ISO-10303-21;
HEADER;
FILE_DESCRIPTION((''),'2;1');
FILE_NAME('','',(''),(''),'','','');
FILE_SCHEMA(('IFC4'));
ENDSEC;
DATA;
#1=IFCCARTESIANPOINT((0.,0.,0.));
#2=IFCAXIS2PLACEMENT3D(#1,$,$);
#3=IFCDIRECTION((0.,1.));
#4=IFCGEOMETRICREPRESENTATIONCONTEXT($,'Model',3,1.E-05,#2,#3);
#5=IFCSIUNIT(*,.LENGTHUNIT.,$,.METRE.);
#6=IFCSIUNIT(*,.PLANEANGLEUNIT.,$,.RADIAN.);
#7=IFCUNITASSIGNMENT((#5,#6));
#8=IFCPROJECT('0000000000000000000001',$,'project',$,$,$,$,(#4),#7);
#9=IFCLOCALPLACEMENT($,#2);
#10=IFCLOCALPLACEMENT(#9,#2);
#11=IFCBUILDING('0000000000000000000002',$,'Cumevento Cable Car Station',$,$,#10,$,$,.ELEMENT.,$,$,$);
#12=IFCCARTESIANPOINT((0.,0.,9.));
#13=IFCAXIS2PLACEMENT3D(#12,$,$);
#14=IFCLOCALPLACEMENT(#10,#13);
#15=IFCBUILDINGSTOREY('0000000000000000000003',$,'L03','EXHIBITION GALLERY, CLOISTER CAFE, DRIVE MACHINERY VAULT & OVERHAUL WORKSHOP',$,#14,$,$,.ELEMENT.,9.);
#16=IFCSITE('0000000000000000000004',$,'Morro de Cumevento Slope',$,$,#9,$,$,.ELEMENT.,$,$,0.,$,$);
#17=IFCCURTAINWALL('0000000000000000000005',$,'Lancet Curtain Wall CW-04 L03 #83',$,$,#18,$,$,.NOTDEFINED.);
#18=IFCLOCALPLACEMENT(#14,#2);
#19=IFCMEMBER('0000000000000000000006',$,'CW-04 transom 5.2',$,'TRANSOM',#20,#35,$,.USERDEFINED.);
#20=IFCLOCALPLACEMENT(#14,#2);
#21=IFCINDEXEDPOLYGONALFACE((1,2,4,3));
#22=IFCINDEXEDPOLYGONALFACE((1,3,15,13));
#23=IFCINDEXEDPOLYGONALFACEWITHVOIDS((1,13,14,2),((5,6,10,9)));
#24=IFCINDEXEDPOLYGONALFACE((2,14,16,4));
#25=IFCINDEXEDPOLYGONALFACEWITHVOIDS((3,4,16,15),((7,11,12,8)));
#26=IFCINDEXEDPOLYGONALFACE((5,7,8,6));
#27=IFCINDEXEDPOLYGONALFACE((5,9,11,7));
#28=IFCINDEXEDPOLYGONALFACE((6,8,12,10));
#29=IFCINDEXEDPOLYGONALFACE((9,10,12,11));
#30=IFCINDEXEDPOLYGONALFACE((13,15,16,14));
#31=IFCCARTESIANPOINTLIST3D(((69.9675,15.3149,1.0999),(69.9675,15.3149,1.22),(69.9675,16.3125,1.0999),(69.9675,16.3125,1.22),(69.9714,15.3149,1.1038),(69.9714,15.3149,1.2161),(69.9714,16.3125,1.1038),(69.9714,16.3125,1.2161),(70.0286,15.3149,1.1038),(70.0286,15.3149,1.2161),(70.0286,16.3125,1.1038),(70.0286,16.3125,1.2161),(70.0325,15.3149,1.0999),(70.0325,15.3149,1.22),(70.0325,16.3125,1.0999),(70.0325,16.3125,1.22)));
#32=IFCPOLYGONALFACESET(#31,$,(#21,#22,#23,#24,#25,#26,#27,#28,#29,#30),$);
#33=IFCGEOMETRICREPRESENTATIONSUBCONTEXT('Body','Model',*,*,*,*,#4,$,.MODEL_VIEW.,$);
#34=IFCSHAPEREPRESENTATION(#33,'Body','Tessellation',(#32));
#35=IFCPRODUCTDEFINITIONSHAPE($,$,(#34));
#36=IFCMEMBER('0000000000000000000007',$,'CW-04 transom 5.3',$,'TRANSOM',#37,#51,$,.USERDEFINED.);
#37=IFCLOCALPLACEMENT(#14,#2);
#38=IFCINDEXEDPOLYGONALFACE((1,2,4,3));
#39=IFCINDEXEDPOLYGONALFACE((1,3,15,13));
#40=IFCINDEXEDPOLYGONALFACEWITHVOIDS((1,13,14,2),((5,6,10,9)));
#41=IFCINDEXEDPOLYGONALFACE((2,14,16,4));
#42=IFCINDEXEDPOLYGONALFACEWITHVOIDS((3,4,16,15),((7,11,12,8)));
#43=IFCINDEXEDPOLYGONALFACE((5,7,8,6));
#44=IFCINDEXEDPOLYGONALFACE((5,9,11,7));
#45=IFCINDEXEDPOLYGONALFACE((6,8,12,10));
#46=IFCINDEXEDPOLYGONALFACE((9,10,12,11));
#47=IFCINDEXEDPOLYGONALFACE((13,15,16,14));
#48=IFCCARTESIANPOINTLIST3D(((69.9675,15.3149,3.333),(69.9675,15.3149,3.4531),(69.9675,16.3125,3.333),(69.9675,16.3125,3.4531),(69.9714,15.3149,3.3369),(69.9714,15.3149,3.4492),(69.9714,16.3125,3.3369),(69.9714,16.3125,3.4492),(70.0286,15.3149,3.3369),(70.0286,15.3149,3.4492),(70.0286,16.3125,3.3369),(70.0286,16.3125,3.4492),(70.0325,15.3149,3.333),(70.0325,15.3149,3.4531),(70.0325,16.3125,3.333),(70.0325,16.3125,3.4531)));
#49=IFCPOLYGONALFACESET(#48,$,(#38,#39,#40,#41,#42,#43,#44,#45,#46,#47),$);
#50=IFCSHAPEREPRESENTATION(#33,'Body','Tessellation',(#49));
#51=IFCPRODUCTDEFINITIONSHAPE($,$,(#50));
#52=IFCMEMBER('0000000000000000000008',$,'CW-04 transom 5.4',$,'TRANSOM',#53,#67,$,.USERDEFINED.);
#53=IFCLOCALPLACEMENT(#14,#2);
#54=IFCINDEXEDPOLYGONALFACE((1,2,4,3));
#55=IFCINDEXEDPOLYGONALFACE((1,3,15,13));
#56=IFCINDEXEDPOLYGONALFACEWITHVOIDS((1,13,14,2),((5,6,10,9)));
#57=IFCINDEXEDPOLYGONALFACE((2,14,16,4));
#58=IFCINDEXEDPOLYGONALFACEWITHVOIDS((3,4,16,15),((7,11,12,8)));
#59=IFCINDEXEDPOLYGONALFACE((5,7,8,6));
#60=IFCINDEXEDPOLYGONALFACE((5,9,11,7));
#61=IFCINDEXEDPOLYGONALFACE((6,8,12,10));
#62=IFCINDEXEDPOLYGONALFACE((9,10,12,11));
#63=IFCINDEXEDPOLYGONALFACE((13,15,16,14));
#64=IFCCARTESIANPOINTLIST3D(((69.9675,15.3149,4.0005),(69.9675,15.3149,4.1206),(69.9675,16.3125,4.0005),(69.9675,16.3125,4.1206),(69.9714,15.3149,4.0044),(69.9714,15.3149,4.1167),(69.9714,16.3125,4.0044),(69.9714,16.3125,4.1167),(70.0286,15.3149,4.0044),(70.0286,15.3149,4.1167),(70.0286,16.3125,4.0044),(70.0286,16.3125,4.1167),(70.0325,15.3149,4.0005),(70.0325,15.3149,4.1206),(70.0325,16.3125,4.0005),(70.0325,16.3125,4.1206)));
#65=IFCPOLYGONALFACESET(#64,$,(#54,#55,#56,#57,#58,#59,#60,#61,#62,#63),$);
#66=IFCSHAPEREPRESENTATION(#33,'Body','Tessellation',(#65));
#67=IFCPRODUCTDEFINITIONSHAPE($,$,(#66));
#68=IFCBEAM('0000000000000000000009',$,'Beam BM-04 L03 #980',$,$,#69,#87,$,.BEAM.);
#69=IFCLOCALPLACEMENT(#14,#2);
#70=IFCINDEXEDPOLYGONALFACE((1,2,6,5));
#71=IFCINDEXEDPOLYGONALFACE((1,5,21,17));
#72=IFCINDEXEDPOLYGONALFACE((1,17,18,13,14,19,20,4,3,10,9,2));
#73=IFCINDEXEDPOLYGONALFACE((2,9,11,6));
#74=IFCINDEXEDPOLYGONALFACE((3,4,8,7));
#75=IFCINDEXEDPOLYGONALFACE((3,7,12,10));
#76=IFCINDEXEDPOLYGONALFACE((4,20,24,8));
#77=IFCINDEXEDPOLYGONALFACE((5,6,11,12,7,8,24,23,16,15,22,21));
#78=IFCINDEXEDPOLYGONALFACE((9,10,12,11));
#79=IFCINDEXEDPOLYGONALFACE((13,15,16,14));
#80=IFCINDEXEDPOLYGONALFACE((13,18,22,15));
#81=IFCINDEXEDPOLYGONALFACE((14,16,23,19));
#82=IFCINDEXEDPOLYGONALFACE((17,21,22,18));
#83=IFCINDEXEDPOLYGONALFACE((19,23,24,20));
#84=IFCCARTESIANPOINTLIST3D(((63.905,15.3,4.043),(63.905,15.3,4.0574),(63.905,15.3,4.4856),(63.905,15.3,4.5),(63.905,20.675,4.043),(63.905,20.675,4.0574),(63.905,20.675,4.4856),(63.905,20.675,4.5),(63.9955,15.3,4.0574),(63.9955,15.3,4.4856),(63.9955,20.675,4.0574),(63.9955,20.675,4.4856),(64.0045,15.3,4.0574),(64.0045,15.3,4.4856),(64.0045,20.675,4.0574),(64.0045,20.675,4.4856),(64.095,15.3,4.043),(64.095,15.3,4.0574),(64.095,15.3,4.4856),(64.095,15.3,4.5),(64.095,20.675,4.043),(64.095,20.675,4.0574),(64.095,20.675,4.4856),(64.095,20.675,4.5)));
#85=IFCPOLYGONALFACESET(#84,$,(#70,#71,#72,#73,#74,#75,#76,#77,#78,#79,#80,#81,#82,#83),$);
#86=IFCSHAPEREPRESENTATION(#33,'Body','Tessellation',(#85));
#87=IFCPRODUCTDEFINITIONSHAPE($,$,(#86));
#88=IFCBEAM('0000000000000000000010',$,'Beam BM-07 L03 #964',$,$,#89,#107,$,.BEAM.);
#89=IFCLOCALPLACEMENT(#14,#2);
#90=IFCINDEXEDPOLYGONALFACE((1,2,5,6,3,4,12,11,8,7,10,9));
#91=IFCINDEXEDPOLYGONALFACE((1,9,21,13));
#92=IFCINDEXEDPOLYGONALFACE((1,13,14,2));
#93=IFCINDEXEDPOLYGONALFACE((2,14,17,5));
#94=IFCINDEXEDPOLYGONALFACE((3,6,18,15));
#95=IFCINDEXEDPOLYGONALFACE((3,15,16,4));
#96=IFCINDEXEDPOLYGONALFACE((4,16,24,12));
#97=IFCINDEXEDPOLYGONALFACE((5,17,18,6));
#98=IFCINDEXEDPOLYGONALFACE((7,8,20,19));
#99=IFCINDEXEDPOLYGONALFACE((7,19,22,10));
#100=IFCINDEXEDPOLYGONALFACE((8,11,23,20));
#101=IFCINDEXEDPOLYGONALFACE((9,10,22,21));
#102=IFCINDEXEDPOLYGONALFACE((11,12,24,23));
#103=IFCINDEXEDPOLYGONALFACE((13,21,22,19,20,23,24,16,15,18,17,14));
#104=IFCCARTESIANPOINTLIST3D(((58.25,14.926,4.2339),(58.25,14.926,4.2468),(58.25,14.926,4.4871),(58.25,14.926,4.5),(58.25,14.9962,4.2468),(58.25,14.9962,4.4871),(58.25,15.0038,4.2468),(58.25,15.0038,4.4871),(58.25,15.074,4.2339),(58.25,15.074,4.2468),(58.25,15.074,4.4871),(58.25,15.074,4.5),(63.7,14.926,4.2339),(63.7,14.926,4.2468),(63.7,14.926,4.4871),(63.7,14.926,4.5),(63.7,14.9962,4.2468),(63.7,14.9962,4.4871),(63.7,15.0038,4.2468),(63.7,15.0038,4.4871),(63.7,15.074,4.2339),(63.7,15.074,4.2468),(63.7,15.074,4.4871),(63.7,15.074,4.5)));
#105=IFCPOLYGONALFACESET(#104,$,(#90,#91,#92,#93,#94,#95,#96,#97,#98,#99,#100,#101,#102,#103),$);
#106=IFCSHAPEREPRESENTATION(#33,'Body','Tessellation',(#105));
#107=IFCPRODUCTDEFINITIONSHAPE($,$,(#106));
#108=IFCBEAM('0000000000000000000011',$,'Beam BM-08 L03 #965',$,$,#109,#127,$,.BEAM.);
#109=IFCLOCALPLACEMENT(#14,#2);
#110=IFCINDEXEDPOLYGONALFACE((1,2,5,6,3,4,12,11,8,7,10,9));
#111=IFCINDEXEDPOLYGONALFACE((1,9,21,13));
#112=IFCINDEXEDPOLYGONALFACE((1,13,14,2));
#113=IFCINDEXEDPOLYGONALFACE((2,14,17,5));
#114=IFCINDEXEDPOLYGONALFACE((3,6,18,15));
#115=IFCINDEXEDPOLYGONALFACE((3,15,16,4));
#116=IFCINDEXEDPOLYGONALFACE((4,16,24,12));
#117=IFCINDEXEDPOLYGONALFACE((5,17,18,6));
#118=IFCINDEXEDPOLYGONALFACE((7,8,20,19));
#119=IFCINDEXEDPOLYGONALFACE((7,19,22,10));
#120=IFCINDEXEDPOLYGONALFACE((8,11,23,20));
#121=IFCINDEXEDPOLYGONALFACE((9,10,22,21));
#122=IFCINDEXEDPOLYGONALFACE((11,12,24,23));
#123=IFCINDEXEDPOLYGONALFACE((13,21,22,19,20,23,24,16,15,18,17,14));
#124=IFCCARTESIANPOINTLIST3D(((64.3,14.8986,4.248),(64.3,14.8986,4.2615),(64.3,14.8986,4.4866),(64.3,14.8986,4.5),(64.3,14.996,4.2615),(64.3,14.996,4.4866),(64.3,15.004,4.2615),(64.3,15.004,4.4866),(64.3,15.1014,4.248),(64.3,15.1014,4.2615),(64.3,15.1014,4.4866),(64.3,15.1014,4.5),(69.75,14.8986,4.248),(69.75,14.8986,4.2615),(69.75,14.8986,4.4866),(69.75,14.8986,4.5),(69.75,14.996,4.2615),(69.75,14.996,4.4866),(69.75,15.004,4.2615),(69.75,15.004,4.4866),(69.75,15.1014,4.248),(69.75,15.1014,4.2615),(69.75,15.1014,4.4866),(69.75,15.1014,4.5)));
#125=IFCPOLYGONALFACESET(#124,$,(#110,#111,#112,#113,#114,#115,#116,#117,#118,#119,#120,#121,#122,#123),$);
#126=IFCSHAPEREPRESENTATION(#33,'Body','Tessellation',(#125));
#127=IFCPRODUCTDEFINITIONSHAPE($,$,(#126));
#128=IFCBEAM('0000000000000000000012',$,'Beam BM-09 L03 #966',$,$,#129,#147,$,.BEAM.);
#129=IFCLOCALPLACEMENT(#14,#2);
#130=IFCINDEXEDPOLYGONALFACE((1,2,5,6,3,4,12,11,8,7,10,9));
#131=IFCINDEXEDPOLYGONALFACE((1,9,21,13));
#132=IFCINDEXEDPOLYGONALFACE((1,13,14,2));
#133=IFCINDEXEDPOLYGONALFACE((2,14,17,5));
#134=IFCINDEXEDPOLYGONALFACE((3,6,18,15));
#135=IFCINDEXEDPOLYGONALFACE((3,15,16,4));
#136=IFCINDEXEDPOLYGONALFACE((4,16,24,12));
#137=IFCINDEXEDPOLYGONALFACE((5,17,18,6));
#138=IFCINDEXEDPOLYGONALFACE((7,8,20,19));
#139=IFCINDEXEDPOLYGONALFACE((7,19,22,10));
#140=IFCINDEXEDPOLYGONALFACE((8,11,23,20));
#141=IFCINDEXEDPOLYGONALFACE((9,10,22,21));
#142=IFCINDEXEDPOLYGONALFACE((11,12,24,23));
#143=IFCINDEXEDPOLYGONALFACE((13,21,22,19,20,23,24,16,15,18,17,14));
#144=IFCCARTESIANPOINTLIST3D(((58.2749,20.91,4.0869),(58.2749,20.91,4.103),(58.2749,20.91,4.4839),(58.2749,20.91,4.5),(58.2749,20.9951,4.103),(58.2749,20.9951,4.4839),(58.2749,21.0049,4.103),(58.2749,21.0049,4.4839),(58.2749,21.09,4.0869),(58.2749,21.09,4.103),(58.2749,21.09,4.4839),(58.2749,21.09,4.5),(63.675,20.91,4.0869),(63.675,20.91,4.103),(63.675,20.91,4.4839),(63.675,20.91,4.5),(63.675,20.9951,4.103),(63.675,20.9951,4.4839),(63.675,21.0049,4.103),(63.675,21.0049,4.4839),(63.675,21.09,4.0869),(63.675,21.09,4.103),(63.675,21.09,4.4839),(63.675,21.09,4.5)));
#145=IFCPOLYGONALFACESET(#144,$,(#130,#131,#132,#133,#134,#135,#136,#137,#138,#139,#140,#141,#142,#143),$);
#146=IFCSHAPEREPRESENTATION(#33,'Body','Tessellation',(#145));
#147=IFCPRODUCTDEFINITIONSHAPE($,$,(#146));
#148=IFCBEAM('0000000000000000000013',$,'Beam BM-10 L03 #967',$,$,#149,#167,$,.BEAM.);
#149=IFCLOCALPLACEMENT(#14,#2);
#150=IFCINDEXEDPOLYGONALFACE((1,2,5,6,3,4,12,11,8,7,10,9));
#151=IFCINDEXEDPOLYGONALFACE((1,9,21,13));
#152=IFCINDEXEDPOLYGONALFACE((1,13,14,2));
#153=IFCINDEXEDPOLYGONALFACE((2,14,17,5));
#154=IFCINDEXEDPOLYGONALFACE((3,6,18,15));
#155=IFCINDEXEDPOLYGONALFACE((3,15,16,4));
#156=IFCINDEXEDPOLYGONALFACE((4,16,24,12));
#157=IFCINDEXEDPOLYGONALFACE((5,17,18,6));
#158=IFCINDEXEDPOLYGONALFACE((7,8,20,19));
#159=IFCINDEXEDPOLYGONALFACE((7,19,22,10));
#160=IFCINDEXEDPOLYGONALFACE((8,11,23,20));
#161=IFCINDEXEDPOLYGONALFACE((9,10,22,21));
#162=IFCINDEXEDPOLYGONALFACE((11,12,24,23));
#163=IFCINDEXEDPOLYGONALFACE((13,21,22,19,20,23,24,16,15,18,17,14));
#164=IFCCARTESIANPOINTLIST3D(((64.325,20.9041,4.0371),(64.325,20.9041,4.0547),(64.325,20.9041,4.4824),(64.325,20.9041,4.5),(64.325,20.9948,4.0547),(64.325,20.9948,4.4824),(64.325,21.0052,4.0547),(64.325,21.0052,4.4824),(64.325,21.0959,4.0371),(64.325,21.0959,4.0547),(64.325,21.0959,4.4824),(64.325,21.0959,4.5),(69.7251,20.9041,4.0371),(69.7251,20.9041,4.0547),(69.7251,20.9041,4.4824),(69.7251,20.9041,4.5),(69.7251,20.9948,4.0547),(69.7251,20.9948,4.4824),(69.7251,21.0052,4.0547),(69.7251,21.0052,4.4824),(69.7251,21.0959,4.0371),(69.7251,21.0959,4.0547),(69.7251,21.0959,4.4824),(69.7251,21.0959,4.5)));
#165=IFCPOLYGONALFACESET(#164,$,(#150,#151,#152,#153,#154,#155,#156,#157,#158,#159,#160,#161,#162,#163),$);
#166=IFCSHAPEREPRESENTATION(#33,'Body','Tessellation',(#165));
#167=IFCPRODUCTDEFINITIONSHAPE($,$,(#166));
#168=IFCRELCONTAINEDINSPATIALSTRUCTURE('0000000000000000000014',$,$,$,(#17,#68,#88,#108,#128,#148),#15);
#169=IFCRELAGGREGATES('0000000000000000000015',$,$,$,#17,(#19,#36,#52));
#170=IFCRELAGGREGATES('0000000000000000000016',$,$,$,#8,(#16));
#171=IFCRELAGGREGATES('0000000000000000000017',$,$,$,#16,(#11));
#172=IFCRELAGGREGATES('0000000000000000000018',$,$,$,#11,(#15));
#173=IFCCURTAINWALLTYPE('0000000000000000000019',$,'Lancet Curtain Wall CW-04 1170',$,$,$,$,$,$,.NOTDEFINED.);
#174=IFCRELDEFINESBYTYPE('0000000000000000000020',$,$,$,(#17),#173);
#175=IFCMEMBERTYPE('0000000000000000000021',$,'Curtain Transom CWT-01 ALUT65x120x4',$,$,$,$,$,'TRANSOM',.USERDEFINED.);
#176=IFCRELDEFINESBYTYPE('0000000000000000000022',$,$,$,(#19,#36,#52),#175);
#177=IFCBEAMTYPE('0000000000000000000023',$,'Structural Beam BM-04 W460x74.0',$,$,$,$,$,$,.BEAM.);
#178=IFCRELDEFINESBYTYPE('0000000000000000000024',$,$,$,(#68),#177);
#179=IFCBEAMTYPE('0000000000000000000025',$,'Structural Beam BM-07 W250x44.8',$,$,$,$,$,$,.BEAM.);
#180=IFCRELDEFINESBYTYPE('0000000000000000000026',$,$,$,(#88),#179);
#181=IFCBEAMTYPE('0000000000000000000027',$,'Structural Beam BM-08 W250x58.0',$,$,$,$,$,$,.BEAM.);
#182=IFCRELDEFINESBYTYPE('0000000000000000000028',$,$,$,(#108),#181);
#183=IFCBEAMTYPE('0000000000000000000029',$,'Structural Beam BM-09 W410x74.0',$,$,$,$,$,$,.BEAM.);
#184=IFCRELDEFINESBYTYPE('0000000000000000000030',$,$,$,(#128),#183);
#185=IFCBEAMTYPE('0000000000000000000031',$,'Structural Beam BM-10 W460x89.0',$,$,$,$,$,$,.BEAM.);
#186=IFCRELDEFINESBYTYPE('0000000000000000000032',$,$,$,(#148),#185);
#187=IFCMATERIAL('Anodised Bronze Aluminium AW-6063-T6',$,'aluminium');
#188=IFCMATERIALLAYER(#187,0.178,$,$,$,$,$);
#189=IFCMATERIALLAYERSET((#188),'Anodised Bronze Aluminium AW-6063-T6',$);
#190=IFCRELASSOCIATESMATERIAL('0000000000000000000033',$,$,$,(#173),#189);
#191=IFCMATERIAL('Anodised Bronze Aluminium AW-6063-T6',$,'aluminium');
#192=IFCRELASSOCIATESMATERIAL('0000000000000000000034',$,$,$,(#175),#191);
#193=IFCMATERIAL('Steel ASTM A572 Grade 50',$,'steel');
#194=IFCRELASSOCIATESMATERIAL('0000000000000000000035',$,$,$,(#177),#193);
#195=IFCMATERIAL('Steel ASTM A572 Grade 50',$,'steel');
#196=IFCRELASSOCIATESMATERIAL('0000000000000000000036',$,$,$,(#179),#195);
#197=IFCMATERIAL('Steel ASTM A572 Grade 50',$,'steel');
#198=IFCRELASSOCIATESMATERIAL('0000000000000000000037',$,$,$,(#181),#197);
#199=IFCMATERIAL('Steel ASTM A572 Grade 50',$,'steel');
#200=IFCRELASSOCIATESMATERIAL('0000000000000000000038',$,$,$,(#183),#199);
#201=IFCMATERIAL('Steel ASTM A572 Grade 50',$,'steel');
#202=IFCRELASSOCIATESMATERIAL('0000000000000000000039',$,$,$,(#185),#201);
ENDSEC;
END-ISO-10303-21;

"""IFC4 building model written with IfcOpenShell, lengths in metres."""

from ifc_helpers import new_model, si_unit, direction, frame, origin, origin_2d, place, context, subcontext, project, spatial, hollow_rectangle, i_section, extrude, material, layer, layer_set, material_profile, profile_set, type_object, element, aggregate, save


model = new_model("IFC4")

# Units and contexts
model_context = context("Model", 3, precision=1e-05, world=origin(), true_north=direction((0.0, 1.0)))
body_context = subcontext(model_context, "Body", "Model", "MODEL_VIEW")
ifc_project = project(units=[si_unit("LENGTHUNIT", "METRE"), si_unit("PLANEANGLEUNIT", "RADIAN")], contexts=[model_context])

# Site, building, storey
site_placement = place(None, origin())
site = spatial("IfcSite", under=ifc_project, at=site_placement, Name="Morro de Cumevento Slope", CompositionType="ELEMENT", RefElevation=0.0)
building_placement = place(site_placement, origin())
building = spatial("IfcBuilding", under=site, at=building_placement, Name="Cumevento Cable Car Station", CompositionType="ELEMENT")
storey_placement = place(building_placement, frame((0.0, 0.0, 9.0)))
storey = spatial("IfcBuildingStorey", under=building, at=storey_placement, Name="L03", Description="EXHIBITION GALLERY, CLOISTER CAFE, DRIVE MACHINERY VAULT & OVERHAUL WORKSHOP", CompositionType="ELEMENT", Elevation=9.0)

# Curtain wall
ifc_material_1 = material(Name="Anodised Bronze Aluminium AW-6063-T6", Category="aluminium")
ifc_layer_1 = layer(ifc_material_1, 0.178)
ifc_layer_set_1 = layer_set([ifc_layer_1], Name="Anodised Bronze Aluminium AW-6063-T6")
curtain_wall_type_1 = type_object("IfcCurtainWallType", Name="Lancet Curtain Wall CW-04 1170", PredefinedType="NOTDEFINED", material=ifc_layer_set_1)
curtain_wall_1_placement = place(storey_placement, origin())
curtain_wall_1 = element("IfcCurtainWall", 1, at=curtain_wall_1_placement, inside=storey, type_object=curtain_wall_type_1, Name="Lancet Curtain Wall CW-04 L03 #83", PredefinedType="NOTDEFINED")

# Members
ifc_material_2 = material(Name="Anodised Bronze Aluminium AW-6063-T6", Category="aluminium")
ifc_material_profile_1 = material_profile(ifc_material_2, hollow_rectangle(XDim=0.0649, YDim=0.1201, WallThickness=0.0039, at=origin_2d()), Name="ALUT65x120x4")
ifc_profile_set_1 = profile_set([ifc_material_profile_1], Name="Anodised Bronze Aluminium AW-6063-T6")
member_type_1 = type_object("IfcMemberType", Name="Curtain Transom CWT-01 ALUT65x120x4", ElementType="TRANSOM", PredefinedType="USERDEFINED", material=ifc_profile_set_1)
member_1_placement = place(storey_placement, frame((70.0, 16.3125, 1.1599), z_axis=(0.0, -1.0, 0.0), x_axis=(1.0, 0.0, 0.0)))
member_1 = element("IfcMember", 2, at=member_1_placement, type_object=member_type_1, Name="CW-04 transom 5.2", ObjectType="TRANSOM", PredefinedType="USERDEFINED", context=body_context, shape_type="SweptSolid", body=[
    extrude(hollow_rectangle(XDim=0.0649, YDim=0.1201, WallThickness=0.0039, at=origin_2d()), origin(), (0.0, 0.0, 1.0), 0.9976),
])
member_2_placement = place(storey_placement, frame((70.0, 16.3125, 3.3931), z_axis=(0.0, -1.0, 0.0), x_axis=(1.0, 0.0, 0.0)))
member_2 = element("IfcMember", 3, at=member_2_placement, type_object=member_type_1, Name="CW-04 transom 5.3", ObjectType="TRANSOM", PredefinedType="USERDEFINED", context=body_context, shape_type="SweptSolid", body=[
    extrude(hollow_rectangle(XDim=0.0649, YDim=0.1201, WallThickness=0.0039, at=origin_2d()), origin(), (0.0, 0.0, 1.0), 0.9976),
])
member_3_placement = place(storey_placement, frame((70.0, 16.3125, 4.0605), z_axis=(0.0, -1.0, 0.0), x_axis=(1.0, 0.0, 0.0)))
member_3 = element("IfcMember", 4, at=member_3_placement, type_object=member_type_1, Name="CW-04 transom 5.4", ObjectType="TRANSOM", PredefinedType="USERDEFINED", context=body_context, shape_type="SweptSolid", body=[
    extrude(hollow_rectangle(XDim=0.0649, YDim=0.1201, WallThickness=0.0039, at=origin_2d()), origin(), (0.0, 0.0, 1.0), 0.9976),
])

# Beams
ifc_material_3 = material(Name="Steel ASTM A572 Grade 50", Category="steel")
ifc_material_profile_2 = material_profile(ifc_material_3, i_section(OverallWidth=0.1899, OverallDepth=0.457, WebThickness=0.009, FlangeThickness=0.0144, at=origin_2d()), Name="W460x74.0")
ifc_profile_set_2 = profile_set([ifc_material_profile_2], Name="Steel ASTM A572 Grade 50")
beam_type_1 = type_object("IfcBeamType", Name="Structural Beam BM-04 W460x74.0", PredefinedType="BEAM", material=ifc_profile_set_2)
beam_1_placement = place(storey_placement, frame((64.0, 15.3, 4.2715), z_axis=(0.0, 1.0, 0.0), x_axis=(-1.0, 0.0, 0.0)))
element("IfcBeam", 5, at=beam_1_placement, inside=storey, type_object=beam_type_1, Name="Beam BM-04 L03 #980", PredefinedType="BEAM", context=body_context, shape_type="SweptSolid", body=[
    extrude(i_section(OverallWidth=0.1899, OverallDepth=0.457, WebThickness=0.009, FlangeThickness=0.0144, at=origin_2d()), origin(), (0.0, 0.0, 1.0), 5.375),
])
ifc_material_4 = material(Name="Steel ASTM A572 Grade 50", Category="steel")
ifc_material_profile_3 = material_profile(ifc_material_4, i_section(OverallWidth=0.1479, OverallDepth=0.2661, WebThickness=0.0076, FlangeThickness=0.0129, at=origin_2d()), Name="W250x44.8")
ifc_profile_set_3 = profile_set([ifc_material_profile_3], Name="Steel ASTM A572 Grade 50")
beam_type_2 = type_object("IfcBeamType", Name="Structural Beam BM-07 W250x44.8", PredefinedType="BEAM", material=ifc_profile_set_3)
beam_2_placement = place(storey_placement, frame((58.25, 15.0, 4.3669), z_axis=(1.0, 0.0, 0.0), x_axis=(0.0, 1.0, 0.0)))
element("IfcBeam", 6, at=beam_2_placement, inside=storey, type_object=beam_type_2, Name="Beam BM-07 L03 #964", PredefinedType="BEAM", context=body_context, shape_type="SweptSolid", body=[
    extrude(i_section(OverallWidth=0.1479, OverallDepth=0.2661, WebThickness=0.0076, FlangeThickness=0.0129, at=origin_2d()), origin(), (0.0, 0.0, 1.0), 5.45),
])
ifc_material_5 = material(Name="Steel ASTM A572 Grade 50", Category="steel")
ifc_material_profile_4 = material_profile(ifc_material_5, i_section(OverallWidth=0.2029, OverallDepth=0.252, WebThickness=0.0081, FlangeThickness=0.0134, at=origin_2d()), Name="W250x58.0")
ifc_profile_set_4 = profile_set([ifc_material_profile_4], Name="Steel ASTM A572 Grade 50")
beam_type_3 = type_object("IfcBeamType", Name="Structural Beam BM-08 W250x58.0", PredefinedType="BEAM", material=ifc_profile_set_4)
beam_3_placement = place(storey_placement, frame((64.3, 15.0, 4.374), z_axis=(1.0, 0.0, 0.0), x_axis=(0.0, 1.0, 0.0)))
element("IfcBeam", 7, at=beam_3_placement, inside=storey, type_object=beam_type_3, Name="Beam BM-08 L03 #965", PredefinedType="BEAM", context=body_context, shape_type="SweptSolid", body=[
    extrude(i_section(OverallWidth=0.2029, OverallDepth=0.252, WebThickness=0.0081, FlangeThickness=0.0134, at=origin_2d()), origin(), (0.0, 0.0, 1.0), 5.45),
])
ifc_material_6 = material(Name="Steel ASTM A572 Grade 50", Category="steel")
ifc_material_profile_5 = material_profile(ifc_material_6, i_section(OverallWidth=0.1799, OverallDepth=0.4131, WebThickness=0.0098, FlangeThickness=0.0161, at=origin_2d()), Name="W410x74.0")
ifc_profile_set_5 = profile_set([ifc_material_profile_5], Name="Steel ASTM A572 Grade 50")
beam_type_4 = type_object("IfcBeamType", Name="Structural Beam BM-09 W410x74.0", PredefinedType="BEAM", material=ifc_profile_set_5)
beam_4_placement = place(storey_placement, frame((58.2749, 21.0, 4.2935), z_axis=(1.0, 0.0, 0.0), x_axis=(0.0, 1.0, 0.0)))
element("IfcBeam", 8, at=beam_4_placement, inside=storey, type_object=beam_type_4, Name="Beam BM-09 L03 #966", PredefinedType="BEAM", context=body_context, shape_type="SweptSolid", body=[
    extrude(i_section(OverallWidth=0.1799, OverallDepth=0.4131, WebThickness=0.0098, FlangeThickness=0.0161, at=origin_2d()), origin(), (0.0, 0.0, 1.0), 5.4001),
])
ifc_material_7 = material(Name="Steel ASTM A572 Grade 50", Category="steel")
ifc_material_profile_6 = material_profile(ifc_material_7, i_section(OverallWidth=0.1919, OverallDepth=0.4629, WebThickness=0.0105, FlangeThickness=0.0176, at=origin_2d()), Name="W460x89.0")
ifc_profile_set_6 = profile_set([ifc_material_profile_6], Name="Steel ASTM A572 Grade 50")
beam_type_5 = type_object("IfcBeamType", Name="Structural Beam BM-10 W460x89.0", PredefinedType="BEAM", material=ifc_profile_set_6)
beam_5_placement = place(storey_placement, frame((64.325, 21.0, 4.2686), z_axis=(1.0, 0.0, 0.0), x_axis=(0.0, 1.0, 0.0)))
element("IfcBeam", 9, at=beam_5_placement, inside=storey, type_object=beam_type_5, Name="Beam BM-10 L03 #967", PredefinedType="BEAM", context=body_context, shape_type="SweptSolid", body=[
    extrude(i_section(OverallWidth=0.1919, OverallDepth=0.4629, WebThickness=0.0105, FlangeThickness=0.0176, at=origin_2d()), origin(), (0.0, 0.0, 1.0), 5.4001),
])

aggregate(curtain_wall_1, [member_1, member_2, member_3])

save(model, "model.ifc")
